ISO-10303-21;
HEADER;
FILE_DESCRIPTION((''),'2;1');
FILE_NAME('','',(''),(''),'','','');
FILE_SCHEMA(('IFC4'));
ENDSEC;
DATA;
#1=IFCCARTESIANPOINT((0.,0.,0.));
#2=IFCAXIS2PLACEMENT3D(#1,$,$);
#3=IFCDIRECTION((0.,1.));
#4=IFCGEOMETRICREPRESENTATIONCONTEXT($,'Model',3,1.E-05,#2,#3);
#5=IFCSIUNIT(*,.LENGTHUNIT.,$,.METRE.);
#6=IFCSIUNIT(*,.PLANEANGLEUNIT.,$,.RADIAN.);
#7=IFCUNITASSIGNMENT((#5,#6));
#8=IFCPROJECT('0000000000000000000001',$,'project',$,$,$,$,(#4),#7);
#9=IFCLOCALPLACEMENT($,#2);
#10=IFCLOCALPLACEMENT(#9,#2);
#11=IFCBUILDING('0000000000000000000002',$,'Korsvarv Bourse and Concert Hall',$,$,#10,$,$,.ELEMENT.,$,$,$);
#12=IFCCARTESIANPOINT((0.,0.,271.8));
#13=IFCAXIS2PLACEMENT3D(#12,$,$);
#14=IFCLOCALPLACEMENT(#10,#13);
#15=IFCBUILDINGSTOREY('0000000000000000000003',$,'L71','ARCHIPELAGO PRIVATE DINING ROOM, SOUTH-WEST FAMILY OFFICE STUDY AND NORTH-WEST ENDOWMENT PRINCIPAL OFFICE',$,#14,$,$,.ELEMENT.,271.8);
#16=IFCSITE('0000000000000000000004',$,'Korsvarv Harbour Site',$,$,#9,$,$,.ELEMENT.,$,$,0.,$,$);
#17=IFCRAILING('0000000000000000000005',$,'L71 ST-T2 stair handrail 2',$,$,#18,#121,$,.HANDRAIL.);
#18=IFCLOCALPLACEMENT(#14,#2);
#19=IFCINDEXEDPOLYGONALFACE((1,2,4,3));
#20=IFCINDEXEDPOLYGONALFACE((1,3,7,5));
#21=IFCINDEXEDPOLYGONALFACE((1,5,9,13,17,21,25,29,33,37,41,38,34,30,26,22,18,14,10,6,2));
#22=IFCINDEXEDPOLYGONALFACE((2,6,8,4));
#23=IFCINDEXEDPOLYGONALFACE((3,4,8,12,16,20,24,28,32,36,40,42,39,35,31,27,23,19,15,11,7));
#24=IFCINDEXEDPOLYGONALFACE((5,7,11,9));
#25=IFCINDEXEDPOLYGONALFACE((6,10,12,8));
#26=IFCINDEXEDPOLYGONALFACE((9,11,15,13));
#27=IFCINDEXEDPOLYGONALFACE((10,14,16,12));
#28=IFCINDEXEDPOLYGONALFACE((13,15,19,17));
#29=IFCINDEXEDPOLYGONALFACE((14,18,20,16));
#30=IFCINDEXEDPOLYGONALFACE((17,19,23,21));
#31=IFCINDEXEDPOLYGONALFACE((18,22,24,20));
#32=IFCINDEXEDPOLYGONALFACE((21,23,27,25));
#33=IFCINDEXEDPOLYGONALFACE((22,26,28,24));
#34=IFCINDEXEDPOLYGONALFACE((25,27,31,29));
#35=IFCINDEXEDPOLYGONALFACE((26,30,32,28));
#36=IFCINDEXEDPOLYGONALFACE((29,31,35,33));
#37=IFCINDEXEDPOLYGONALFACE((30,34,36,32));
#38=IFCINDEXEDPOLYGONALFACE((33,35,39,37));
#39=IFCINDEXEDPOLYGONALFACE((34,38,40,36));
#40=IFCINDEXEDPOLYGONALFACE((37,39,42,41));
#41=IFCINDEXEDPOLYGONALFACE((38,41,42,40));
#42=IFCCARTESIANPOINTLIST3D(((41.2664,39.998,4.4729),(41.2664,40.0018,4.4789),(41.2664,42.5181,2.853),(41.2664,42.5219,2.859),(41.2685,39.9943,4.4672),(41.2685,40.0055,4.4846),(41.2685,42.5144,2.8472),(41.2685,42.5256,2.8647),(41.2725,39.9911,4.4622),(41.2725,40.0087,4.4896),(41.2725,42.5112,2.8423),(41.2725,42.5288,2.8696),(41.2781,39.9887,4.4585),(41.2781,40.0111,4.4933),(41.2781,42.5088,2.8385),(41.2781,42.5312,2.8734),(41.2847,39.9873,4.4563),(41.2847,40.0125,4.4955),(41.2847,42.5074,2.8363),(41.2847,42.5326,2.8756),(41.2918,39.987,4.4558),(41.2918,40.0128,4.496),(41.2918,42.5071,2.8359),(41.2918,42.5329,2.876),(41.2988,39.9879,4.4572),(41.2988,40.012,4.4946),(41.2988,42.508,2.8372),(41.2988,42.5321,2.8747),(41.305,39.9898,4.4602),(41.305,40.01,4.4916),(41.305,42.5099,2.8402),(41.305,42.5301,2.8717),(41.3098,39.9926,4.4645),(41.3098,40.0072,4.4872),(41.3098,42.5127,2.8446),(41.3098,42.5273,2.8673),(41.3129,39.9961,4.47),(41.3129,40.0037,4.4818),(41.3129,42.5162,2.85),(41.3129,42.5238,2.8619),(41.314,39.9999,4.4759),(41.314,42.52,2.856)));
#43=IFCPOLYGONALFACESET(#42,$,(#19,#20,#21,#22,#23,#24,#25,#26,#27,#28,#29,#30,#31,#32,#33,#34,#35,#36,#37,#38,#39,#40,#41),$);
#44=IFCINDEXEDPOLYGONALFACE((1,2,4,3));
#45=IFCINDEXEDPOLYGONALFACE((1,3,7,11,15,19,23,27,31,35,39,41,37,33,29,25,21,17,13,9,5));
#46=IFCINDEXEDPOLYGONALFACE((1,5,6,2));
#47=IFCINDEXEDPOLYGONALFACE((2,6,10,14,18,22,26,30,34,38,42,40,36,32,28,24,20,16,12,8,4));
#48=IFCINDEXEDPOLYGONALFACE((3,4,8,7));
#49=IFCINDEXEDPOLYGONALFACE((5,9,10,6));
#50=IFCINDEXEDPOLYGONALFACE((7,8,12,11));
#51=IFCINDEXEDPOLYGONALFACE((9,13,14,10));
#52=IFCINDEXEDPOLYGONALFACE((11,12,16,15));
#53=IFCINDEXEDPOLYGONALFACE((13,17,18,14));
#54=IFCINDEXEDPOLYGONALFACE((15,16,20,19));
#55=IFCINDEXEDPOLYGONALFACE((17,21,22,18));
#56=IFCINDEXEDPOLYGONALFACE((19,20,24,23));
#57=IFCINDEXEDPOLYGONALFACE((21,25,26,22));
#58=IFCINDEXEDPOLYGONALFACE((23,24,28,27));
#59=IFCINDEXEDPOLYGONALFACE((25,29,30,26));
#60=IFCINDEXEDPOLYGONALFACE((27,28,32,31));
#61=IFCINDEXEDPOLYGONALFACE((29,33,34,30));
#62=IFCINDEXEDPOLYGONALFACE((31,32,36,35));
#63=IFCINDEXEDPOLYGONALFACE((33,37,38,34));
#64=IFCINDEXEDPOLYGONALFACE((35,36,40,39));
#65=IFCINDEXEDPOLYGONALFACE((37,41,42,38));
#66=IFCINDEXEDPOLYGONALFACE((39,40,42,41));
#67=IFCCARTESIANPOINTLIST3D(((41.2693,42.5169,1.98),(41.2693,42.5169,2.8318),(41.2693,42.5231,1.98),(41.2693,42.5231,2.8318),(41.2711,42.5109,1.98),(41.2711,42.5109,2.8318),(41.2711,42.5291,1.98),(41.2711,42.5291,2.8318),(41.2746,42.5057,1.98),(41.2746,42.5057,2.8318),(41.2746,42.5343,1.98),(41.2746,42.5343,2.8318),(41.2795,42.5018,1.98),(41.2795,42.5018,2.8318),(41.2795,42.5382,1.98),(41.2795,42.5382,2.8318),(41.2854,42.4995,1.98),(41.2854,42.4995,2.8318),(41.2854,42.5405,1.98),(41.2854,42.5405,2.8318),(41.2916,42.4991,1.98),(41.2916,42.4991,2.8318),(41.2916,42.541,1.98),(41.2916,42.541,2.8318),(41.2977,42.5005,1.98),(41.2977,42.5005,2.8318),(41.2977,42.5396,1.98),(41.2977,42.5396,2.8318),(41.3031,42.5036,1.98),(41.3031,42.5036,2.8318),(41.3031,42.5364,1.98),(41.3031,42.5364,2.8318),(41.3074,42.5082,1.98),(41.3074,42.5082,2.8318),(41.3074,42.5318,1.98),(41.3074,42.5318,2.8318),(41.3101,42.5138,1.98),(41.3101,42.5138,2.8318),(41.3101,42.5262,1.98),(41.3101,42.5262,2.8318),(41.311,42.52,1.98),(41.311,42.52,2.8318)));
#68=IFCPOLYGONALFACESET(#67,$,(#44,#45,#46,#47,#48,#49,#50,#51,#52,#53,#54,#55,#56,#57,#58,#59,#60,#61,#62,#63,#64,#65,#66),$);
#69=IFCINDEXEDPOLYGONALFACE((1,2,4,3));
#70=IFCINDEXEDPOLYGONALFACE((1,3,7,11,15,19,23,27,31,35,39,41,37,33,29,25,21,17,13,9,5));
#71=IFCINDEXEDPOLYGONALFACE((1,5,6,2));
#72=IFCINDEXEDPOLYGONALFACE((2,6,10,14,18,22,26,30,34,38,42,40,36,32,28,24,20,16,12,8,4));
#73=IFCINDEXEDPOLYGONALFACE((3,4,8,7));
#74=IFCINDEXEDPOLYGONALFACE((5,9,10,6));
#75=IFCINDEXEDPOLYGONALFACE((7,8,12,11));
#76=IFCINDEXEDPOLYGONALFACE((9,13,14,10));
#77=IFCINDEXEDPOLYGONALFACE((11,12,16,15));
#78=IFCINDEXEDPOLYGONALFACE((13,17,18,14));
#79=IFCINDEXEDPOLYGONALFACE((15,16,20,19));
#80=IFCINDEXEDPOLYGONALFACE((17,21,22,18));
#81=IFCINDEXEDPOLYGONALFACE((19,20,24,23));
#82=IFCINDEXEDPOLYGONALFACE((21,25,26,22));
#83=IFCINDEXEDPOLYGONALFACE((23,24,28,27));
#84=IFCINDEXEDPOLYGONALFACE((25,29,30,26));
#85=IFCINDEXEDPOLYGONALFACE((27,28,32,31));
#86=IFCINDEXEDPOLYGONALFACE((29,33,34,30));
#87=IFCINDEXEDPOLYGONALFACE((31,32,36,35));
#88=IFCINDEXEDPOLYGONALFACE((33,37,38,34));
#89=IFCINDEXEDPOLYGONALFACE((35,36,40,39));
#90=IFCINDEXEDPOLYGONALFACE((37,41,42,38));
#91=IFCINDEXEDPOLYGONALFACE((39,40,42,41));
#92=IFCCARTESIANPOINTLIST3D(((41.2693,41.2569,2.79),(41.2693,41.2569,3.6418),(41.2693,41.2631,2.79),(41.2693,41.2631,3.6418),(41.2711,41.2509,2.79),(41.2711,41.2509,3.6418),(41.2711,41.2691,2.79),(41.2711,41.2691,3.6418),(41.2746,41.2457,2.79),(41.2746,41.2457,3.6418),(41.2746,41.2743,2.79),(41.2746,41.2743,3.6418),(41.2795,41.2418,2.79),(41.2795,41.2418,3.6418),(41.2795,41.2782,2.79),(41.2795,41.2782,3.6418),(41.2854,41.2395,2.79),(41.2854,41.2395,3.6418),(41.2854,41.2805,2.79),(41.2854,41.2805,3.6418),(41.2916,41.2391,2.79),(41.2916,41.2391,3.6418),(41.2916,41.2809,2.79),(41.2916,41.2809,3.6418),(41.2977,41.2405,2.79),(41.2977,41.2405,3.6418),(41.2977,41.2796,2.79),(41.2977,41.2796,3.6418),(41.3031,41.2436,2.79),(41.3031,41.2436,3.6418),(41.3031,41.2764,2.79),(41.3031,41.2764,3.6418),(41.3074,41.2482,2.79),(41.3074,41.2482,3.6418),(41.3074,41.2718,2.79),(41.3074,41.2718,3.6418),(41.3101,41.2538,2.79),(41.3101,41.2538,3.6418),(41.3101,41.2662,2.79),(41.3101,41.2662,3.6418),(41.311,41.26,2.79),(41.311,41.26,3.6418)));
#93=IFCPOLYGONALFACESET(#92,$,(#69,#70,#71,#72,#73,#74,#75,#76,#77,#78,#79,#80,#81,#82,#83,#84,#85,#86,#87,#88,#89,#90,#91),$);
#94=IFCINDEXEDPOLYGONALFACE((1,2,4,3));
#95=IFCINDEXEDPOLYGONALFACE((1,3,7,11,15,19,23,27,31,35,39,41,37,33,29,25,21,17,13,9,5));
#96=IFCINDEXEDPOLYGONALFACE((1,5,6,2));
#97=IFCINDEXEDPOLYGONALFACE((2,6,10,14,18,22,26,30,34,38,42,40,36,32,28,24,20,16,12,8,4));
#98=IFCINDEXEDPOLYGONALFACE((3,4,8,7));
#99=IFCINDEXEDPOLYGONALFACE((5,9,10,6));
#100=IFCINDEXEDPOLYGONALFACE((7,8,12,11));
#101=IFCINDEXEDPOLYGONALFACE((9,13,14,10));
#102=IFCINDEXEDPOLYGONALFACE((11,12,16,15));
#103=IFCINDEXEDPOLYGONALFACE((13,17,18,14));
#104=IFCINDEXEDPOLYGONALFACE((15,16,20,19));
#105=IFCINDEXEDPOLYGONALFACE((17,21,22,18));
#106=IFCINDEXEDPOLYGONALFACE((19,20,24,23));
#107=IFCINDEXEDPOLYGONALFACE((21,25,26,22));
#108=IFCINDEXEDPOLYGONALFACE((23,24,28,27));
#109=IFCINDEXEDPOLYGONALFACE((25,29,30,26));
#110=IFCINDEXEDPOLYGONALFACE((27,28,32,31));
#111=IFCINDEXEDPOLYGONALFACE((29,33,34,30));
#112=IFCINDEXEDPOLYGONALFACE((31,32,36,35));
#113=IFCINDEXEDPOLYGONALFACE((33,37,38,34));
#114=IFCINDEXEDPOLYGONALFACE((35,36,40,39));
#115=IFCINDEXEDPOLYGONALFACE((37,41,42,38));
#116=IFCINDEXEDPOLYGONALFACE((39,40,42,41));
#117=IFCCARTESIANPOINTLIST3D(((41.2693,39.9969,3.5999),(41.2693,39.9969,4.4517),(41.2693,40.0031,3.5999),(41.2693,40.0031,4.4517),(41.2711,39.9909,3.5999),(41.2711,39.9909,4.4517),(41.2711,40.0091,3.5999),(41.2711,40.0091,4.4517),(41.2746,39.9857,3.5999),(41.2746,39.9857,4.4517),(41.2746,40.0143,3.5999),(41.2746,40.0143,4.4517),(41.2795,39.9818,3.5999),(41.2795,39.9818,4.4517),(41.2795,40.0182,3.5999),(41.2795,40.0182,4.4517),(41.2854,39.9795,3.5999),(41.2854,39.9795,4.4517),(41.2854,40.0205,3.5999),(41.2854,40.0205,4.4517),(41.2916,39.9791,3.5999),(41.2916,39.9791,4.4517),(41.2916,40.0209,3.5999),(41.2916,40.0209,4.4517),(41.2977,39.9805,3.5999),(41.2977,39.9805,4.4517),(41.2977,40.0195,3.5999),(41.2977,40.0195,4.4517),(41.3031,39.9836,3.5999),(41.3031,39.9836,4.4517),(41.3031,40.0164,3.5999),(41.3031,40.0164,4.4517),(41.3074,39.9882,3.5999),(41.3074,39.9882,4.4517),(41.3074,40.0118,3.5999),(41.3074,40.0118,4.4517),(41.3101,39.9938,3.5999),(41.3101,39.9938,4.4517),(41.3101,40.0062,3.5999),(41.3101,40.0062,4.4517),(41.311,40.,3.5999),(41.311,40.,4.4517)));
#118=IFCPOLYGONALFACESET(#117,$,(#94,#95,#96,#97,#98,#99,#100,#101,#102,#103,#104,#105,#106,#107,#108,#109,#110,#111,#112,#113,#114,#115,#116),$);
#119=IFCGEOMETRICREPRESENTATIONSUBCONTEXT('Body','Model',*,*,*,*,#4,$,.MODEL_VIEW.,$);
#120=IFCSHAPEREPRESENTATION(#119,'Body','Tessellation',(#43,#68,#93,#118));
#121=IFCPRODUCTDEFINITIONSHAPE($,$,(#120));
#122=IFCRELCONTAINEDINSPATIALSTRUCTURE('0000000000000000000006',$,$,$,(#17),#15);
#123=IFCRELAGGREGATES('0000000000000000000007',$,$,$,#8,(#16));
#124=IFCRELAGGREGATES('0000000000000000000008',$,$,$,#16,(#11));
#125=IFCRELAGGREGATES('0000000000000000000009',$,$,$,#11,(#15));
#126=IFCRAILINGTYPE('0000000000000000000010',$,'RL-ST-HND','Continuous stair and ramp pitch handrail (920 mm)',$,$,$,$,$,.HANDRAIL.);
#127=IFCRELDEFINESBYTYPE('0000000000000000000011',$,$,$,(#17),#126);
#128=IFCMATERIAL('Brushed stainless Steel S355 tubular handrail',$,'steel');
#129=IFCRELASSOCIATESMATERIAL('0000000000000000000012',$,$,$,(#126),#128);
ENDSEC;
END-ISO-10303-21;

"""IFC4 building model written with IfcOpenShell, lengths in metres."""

from ifc_helpers import new_model, si_unit, direction, frame, origin, origin_2d, place, context, subcontext, project, spatial, circle, extrude, material, type_object, element, save


model = new_model("IFC4")

# Units and contexts
model_context = context("Model", 3, precision=1e-05, world=origin(), true_north=direction((0.0, 1.0)))
body_context = subcontext(model_context, "Body", "Model", "MODEL_VIEW")
ifc_project = project(units=[si_unit("LENGTHUNIT", "METRE"), si_unit("PLANEANGLEUNIT", "RADIAN")], contexts=[model_context])

# Site, building, storey
site_placement = place(None, origin())
site = spatial("IfcSite", under=ifc_project, at=site_placement, Name="Korsvarv Harbour Site", CompositionType="ELEMENT", RefElevation=0.0)
building_placement = place(site_placement, origin())
building = spatial("IfcBuilding", under=site, at=building_placement, Name="Korsvarv Bourse and Concert Hall", CompositionType="ELEMENT")
storey_placement = place(building_placement, frame((0.0, 0.0, 271.8)))
storey = spatial("IfcBuildingStorey", under=building, at=storey_placement, Name="L71", Description="ARCHIPELAGO PRIVATE DINING ROOM, SOUTH-WEST FAMILY OFFICE STUDY AND NORTH-WEST ENDOWMENT PRINCIPAL OFFICE", CompositionType="ELEMENT", Elevation=271.8)

# Railing
ifc_material_1 = material(Name="Brushed stainless Steel S355 tubular handrail", Category="steel")
railing_type = type_object("IfcRailingType", Name="RL-ST-HND", Description="Continuous stair and ramp pitch handrail (920 mm)", PredefinedType="HANDRAIL", material=ifc_material_1)
railing_placement = place(storey_placement, frame((41.29, 42.52, 1.98)))
element("IfcRailing", 1, at=railing_placement, inside=storey, type_object=railing_type, Name="L71 ST-T2 stair handrail 2", PredefinedType="HANDRAIL", context=body_context, shape_type="SweptSolid", body=[
    extrude(circle(Radius=0.0239, at=origin_2d()), frame((0.0, 0.0, 0.876), z_axis=(0.0, -0.8412, 0.540725), x_axis=(1.0, 0.0, 0.0)), (0.0, 0.0, 1.0), 2.9958),
    extrude(circle(Radius=0.021, at=origin_2d()), origin(), (0.0, 0.0, 1.0), 0.8518),
    extrude(circle(Radius=0.021, at=origin_2d()), frame((0.0, -1.26, 0.8101)), (0.0, 0.0, 1.0), 0.8518),
    extrude(circle(Radius=0.021, at=origin_2d()), frame((0.0, -2.52, 1.6199)), (0.0, 0.0, 1.0), 0.8518),
])

save(model, "model.ifc")
